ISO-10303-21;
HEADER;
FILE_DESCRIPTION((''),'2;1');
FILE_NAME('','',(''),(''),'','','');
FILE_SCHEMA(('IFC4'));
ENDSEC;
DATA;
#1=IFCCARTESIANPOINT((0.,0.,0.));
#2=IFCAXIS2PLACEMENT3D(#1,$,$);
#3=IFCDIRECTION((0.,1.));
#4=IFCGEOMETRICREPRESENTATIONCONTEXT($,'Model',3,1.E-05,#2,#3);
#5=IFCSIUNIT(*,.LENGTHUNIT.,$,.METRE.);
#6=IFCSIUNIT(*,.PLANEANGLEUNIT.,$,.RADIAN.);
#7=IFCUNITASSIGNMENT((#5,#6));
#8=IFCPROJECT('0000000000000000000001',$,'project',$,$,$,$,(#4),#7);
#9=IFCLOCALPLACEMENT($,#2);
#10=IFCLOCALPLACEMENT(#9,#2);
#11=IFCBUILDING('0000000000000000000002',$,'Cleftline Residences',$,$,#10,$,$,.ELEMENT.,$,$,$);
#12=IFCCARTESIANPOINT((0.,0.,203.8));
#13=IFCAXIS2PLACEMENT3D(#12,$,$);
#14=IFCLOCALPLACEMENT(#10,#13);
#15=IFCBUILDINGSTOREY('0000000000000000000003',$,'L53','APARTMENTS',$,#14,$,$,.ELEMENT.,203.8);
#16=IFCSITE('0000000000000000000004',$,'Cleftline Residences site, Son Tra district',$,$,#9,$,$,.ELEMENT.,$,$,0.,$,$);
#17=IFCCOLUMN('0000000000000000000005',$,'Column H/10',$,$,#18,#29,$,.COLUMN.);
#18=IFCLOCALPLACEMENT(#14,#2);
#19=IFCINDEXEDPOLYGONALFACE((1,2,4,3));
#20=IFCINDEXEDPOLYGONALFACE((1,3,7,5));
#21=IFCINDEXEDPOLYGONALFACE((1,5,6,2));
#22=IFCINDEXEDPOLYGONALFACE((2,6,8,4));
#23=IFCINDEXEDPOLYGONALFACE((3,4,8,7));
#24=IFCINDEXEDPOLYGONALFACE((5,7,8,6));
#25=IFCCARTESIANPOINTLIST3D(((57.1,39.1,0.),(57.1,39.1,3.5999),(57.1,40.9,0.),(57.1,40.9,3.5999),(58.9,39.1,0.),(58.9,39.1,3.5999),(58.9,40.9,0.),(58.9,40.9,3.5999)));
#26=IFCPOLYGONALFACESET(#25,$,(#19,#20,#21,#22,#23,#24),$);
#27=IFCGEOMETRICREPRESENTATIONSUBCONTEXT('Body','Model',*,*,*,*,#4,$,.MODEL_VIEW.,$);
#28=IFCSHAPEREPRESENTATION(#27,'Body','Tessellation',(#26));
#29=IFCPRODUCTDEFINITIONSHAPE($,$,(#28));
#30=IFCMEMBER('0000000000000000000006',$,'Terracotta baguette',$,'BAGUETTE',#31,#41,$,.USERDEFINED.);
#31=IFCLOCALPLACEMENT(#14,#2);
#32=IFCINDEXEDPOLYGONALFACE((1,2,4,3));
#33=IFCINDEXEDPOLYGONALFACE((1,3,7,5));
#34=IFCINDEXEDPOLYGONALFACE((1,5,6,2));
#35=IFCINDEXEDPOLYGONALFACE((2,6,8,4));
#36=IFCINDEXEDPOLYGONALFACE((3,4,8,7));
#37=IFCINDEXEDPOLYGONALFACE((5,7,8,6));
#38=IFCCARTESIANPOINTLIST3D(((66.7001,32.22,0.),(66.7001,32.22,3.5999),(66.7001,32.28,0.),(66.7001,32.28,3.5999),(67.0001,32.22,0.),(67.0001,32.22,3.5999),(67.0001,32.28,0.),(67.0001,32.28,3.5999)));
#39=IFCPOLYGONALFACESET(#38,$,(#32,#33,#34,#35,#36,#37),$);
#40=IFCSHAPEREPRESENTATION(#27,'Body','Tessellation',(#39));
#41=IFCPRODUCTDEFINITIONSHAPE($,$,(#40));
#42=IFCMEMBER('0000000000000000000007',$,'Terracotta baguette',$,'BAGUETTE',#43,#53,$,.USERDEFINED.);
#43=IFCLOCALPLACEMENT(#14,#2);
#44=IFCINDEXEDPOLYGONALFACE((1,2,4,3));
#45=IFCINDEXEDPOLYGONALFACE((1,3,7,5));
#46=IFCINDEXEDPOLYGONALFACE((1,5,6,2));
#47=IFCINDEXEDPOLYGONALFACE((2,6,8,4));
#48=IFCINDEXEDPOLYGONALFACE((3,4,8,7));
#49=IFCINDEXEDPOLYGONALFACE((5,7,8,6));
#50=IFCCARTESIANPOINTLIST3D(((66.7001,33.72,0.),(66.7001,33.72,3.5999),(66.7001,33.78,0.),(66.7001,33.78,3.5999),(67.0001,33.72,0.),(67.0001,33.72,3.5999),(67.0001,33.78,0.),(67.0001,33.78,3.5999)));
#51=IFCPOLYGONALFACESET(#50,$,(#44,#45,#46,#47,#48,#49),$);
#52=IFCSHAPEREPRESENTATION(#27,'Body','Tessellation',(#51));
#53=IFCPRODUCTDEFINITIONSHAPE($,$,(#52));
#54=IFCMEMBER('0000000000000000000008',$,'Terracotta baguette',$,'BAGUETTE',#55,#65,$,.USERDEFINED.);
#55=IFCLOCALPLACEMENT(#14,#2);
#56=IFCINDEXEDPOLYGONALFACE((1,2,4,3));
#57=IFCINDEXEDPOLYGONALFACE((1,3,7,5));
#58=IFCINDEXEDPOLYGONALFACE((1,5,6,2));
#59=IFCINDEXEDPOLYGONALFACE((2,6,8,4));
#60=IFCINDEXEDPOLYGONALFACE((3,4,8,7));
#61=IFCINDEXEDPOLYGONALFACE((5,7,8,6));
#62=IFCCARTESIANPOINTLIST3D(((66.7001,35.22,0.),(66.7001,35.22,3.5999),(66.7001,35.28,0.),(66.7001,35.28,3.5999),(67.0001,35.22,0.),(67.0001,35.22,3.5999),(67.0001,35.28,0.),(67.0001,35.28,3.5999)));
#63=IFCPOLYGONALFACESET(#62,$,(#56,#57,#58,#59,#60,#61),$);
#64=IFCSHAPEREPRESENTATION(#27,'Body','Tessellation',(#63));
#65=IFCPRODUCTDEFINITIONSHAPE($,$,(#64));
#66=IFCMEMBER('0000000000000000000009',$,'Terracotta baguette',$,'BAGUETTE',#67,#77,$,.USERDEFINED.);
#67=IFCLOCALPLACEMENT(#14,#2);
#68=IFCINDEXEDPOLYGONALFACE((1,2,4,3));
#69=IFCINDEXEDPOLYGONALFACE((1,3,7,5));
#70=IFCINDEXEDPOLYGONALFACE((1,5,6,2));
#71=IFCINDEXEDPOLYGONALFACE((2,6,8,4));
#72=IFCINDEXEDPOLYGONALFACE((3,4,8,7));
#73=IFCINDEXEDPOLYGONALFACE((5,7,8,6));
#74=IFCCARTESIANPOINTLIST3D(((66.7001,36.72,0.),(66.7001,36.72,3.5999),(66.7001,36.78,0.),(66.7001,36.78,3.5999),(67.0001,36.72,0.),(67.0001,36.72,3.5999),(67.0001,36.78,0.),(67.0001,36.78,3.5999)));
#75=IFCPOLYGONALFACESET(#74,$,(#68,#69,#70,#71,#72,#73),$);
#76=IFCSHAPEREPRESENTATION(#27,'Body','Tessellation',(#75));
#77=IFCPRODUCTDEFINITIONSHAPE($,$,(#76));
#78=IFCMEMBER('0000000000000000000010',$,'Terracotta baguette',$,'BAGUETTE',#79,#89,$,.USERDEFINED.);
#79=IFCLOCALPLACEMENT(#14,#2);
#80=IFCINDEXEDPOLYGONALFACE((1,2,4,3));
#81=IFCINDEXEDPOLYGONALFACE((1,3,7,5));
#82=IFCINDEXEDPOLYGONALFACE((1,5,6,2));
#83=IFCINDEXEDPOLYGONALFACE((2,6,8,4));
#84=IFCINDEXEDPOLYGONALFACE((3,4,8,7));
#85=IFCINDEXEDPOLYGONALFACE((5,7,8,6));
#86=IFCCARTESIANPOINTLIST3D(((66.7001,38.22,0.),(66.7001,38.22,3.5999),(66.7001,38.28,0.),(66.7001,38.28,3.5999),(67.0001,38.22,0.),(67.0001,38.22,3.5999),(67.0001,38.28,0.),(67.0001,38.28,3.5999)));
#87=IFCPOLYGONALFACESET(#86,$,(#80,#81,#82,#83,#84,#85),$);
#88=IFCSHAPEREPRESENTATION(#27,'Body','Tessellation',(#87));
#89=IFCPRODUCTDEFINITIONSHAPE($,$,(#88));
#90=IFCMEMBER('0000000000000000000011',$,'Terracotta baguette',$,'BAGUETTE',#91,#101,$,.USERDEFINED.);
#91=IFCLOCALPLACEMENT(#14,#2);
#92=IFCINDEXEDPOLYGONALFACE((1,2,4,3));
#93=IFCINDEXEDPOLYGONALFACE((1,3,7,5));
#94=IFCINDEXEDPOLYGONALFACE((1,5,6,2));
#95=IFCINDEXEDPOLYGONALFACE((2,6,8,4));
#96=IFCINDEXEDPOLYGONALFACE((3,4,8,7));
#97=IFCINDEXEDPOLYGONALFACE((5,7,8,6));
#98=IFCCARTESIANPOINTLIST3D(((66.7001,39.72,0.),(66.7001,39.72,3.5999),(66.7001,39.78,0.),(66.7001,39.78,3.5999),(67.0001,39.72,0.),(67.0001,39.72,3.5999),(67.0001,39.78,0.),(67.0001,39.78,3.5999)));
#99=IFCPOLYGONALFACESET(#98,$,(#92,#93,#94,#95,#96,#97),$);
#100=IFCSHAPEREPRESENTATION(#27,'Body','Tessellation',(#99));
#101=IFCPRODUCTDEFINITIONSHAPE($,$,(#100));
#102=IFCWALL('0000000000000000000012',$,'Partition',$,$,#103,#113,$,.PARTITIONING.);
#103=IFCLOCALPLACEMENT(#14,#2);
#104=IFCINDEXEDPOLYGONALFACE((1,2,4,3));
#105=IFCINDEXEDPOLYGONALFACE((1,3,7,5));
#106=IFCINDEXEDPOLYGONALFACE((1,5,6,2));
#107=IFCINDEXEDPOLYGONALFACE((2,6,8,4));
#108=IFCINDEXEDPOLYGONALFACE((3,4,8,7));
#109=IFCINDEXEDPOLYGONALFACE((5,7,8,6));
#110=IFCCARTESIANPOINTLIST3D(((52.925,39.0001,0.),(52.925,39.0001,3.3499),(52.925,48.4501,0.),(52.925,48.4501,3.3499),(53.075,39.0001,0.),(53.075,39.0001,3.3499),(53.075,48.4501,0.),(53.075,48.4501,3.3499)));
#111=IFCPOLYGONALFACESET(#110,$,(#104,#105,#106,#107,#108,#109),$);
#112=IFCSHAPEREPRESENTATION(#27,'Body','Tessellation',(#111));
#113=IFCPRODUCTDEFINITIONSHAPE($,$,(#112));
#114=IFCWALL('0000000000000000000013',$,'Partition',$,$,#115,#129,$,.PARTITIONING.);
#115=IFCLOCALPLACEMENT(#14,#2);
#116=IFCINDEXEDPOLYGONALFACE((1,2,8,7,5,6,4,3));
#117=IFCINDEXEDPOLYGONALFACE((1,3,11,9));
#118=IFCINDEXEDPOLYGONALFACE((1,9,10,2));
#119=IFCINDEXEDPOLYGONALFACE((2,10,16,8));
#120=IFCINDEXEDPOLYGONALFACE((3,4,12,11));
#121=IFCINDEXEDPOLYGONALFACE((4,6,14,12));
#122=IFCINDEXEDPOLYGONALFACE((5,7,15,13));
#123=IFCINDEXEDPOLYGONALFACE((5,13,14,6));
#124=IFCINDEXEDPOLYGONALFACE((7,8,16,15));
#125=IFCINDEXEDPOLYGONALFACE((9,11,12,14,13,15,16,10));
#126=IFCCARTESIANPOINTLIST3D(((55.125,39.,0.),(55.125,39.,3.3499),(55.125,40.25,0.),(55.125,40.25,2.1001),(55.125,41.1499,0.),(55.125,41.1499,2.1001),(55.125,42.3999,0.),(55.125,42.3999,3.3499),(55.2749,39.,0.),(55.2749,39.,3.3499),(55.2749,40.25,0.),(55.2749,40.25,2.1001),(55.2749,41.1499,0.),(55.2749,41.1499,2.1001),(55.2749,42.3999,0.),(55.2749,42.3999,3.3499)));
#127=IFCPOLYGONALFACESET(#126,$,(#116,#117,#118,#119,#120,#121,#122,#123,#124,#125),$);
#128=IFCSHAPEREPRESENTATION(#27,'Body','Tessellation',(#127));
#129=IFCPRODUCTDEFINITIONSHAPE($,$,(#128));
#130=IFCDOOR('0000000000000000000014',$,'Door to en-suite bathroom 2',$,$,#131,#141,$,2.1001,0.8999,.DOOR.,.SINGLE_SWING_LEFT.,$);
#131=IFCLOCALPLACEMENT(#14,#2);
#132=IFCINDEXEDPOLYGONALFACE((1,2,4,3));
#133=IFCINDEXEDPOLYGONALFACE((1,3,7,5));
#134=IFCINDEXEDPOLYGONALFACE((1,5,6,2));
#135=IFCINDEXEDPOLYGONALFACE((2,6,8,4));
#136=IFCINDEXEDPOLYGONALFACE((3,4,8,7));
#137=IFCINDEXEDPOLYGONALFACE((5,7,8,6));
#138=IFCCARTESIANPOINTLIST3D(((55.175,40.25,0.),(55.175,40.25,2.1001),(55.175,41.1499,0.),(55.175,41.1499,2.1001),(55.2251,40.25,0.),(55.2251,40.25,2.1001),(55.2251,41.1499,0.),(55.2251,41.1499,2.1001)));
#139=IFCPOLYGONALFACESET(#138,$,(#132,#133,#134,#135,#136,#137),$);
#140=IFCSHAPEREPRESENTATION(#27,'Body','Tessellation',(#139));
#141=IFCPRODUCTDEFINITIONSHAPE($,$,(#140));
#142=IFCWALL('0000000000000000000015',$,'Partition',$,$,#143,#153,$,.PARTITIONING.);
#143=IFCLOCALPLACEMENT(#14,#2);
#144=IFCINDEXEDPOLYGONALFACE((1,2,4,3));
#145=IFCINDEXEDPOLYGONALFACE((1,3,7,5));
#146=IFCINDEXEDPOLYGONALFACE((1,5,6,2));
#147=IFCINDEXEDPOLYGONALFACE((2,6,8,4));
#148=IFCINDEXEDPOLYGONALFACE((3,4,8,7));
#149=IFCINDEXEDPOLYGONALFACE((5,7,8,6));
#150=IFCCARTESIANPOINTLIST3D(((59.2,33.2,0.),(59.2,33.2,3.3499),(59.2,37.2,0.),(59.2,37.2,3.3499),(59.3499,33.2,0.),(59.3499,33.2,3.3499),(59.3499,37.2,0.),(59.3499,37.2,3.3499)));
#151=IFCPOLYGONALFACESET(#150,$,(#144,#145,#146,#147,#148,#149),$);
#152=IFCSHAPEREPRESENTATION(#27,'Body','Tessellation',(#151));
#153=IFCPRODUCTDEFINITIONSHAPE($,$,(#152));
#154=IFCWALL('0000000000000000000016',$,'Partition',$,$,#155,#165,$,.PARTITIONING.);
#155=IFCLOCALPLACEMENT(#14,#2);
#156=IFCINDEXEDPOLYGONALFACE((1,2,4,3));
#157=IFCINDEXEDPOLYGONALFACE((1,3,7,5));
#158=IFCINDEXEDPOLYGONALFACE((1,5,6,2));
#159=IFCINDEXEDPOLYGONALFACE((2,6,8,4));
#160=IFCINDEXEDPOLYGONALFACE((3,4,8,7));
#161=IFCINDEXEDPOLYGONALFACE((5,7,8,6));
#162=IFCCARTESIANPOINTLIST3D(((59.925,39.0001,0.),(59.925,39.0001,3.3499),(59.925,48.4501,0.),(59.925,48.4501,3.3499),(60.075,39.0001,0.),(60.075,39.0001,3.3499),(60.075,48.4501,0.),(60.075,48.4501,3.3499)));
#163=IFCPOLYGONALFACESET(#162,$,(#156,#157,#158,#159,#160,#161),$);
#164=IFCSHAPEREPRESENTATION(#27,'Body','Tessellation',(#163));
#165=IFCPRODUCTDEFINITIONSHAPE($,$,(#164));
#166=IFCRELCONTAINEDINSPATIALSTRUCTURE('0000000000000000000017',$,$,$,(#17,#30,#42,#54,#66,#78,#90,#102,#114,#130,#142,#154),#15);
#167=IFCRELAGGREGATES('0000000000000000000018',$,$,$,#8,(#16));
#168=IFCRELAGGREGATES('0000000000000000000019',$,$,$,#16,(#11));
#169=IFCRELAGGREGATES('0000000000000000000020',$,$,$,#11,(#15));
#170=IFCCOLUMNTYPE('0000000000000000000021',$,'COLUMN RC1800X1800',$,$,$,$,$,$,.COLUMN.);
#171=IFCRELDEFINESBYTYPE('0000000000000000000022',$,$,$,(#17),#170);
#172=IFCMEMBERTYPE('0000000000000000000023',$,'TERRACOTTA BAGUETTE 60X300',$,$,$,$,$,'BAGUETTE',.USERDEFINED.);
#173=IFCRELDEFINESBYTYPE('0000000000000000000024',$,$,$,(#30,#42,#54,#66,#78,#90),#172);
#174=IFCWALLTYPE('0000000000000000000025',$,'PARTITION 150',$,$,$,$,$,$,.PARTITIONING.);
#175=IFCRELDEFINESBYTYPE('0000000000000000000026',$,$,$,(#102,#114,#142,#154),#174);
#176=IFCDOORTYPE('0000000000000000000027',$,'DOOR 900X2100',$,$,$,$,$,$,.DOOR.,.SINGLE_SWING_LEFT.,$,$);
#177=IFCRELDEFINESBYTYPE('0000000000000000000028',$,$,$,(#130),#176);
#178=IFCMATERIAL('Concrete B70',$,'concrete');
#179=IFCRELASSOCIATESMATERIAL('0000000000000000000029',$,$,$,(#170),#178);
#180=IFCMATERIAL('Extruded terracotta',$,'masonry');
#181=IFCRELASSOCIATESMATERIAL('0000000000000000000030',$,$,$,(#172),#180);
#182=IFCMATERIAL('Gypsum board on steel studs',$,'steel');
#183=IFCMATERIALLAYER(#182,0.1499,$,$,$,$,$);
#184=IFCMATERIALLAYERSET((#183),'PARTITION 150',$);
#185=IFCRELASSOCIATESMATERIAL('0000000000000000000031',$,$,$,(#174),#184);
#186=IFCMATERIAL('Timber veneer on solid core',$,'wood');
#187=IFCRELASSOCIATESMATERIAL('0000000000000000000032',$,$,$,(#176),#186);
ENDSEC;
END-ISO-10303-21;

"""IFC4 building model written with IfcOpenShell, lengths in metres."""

from ifc_helpers import new_model, si_unit, direction, frame, frame_2d, origin, origin_2d, place, context, subcontext, project, spatial, rectangle, extrude, material, layer, layer_set, material_profile, profile_set, type_object, element, fill, save


model = new_model("IFC4")

# Units and contexts
model_context = context("Model", 3, precision=1e-05, world=origin(), true_north=direction((0.0, 1.0)))
body_context = subcontext(model_context, "Body", "Model", "MODEL_VIEW")
ifc_project = project(units=[si_unit("LENGTHUNIT", "METRE"), si_unit("PLANEANGLEUNIT", "RADIAN")], contexts=[model_context])

# Site, building, storey
site_placement = place(None, origin())
site = spatial("IfcSite", under=ifc_project, at=site_placement, Name="Cleftline Residences site, Son Tra district", CompositionType="ELEMENT", RefElevation=0.0)
building_placement = place(site_placement, origin())
building = spatial("IfcBuilding", under=site, at=building_placement, Name="Cleftline Residences", CompositionType="ELEMENT")
storey_placement = place(building_placement, frame((0.0, 0.0, 203.8)))
storey = spatial("IfcBuildingStorey", under=building, at=storey_placement, Name="L53", Description="APARTMENTS", CompositionType="ELEMENT", Elevation=203.8)

# Column
ifc_material_1 = material(Name="Concrete B70", Category="concrete")
ifc_material_profile_1 = material_profile(ifc_material_1, rectangle(XDim=1.8, YDim=1.8, at=origin_2d()))
ifc_profile_set_1 = profile_set([ifc_material_profile_1], Name="Concrete B70")
column_type = type_object("IfcColumnType", Name="COLUMN RC1800X1800", PredefinedType="COLUMN", material=ifc_profile_set_1)
column_placement = place(storey_placement, frame((58.0, 40.0, 0.0), z_axis=(0.0, 0.0, 1.0), x_axis=(1.0, 0.0, 0.0)))
element("IfcColumn", 1, at=column_placement, inside=storey, type_object=column_type, Name="Column H/10", PredefinedType="COLUMN", context=body_context, shape_type="SweptSolid", body=[
    extrude(rectangle(XDim=1.8, YDim=1.8, at=origin_2d()), origin(), (0.0, 0.0, 1.0), 3.5999),
])

# Members
ifc_material_2 = material(Name="Extruded terracotta", Category="masonry")
ifc_material_profile_2 = material_profile(ifc_material_2, rectangle(XDim=0.0601, YDim=0.3, at=origin_2d()))
ifc_profile_set_2 = profile_set([ifc_material_profile_2], Name="Extruded terracotta")
member_type = type_object("IfcMemberType", Name="TERRACOTTA BAGUETTE 60X300", ElementType="BAGUETTE", PredefinedType="USERDEFINED", material=ifc_profile_set_2)
for number, where, z_axis, x_axis, name in (
    (2, (66.8501, 32.25, 0.0), (0.0, 0.0, 1.0), (0.0, 1.0, 0.0), "Terracotta baguette"),
    (3, (66.8501, 33.75, 0.0), (0.0, 0.0, 1.0), (0.0, 1.0, 0.0), "Terracotta baguette"),
    (4, (66.8501, 35.25, 0.0), (0.0, 0.0, 1.0), (0.0, 1.0, 0.0), "Terracotta baguette"),
    (5, (66.8501, 36.75, 0.0), (0.0, 0.0, 1.0), (0.0, 1.0, 0.0), "Terracotta baguette"),
    (6, (66.8501, 38.25, 0.0), (0.0, 0.0, 1.0), (0.0, 1.0, 0.0), "Terracotta baguette"),
    (7, (66.8501, 39.75, 0.0), (0.0, 0.0, 1.0), (0.0, 1.0, 0.0), "Terracotta baguette"),
):
    element("IfcMember", number, at=place(storey_placement, frame(where, z_axis=z_axis, x_axis=x_axis)), inside=storey, type_object=member_type, Name=name, ObjectType="BAGUETTE", PredefinedType="USERDEFINED", context=body_context, shape_type="SweptSolid", body=[
        extrude(rectangle(XDim=0.0601, YDim=0.3, at=origin_2d()), origin(), (0.0, 0.0, 1.0), 3.5999),
    ])

# Wall
ifc_material_3 = material(Name="Gypsum board on steel studs", Category="steel")
ifc_layer = layer(ifc_material_3, 0.1499)
ifc_layer_set = layer_set([ifc_layer], Name="PARTITION 150")
wall_type = type_object("IfcWallType", Name="PARTITION 150", PredefinedType="PARTITIONING", material=ifc_layer_set)
wall_1_placement = place(storey_placement, frame((53.0, 39.0, 0.0), z_axis=(0.0, 0.0, 1.0), x_axis=(0.0, 1.0, 0.0)))
element("IfcWall", 8, at=wall_1_placement, inside=storey, type_object=wall_type, Name="Partition", PredefinedType="PARTITIONING", context=body_context, shape_type="SweptSolid", body=[
    extrude(rectangle(XDim=9.45, YDim=0.1499, at=frame_2d((4.7251, 0.0))), origin(), (0.0, 0.0, 1.0), 3.3499),
])

# Wall, opening, door
wall_2_placement = place(storey_placement, frame((55.2, 39.0, 0.0), z_axis=(0.0, 0.0, 1.0), x_axis=(0.0, 1.0, 0.0)))
wall_2 = element("IfcWall", 9, at=wall_2_placement, inside=storey, type_object=wall_type, Name="Partition", PredefinedType="PARTITIONING", context=body_context, shape_type="SweptSolid", body=[
    extrude(rectangle(XDim=3.3999, YDim=0.1499, at=frame_2d((1.7, 0.0))), origin(), (0.0, 0.0, 1.0), 3.3499),
])
opening_placement = place(wall_2_placement, frame((1.25, 0.0, 0.0)))
opening = element("IfcOpeningElement", 10, at=opening_placement, cuts=wall_2, PredefinedType="OPENING", context=body_context, shape_type="SweptSolid", body=[
    extrude(rectangle(XDim=0.8999, YDim=2.1001, at=frame_2d((0.45, 1.05))), frame((0.0, 0.085, 0.0), z_axis=(0.0, -1.0, 0.0), x_axis=(1.0, 0.0, 0.0)), (0.0, 0.0, 1.0), 0.1699),
])
ifc_material_4 = material(Name="Timber veneer on solid core", Category="wood")
door_type = type_object("IfcDoorType", Name="DOOR 900X2100", OperationType="SINGLE_SWING_LEFT", PredefinedType="DOOR", material=ifc_material_4)
door_placement = place(opening_placement, origin())
door = element("IfcDoor", 11, at=door_placement, inside=storey, type_object=door_type, Name="Door to en-suite bathroom 2", OperationType="SINGLE_SWING_LEFT", OverallHeight=2.1001, OverallWidth=0.8999, PredefinedType="DOOR", context=body_context, shape_type="SweptSolid", body=[
    extrude(rectangle(XDim=0.8999, YDim=2.1001, at=frame_2d((0.45, 1.05))), frame((0.0, 0.0249, 0.0), z_axis=(0.0, -1.0, 0.0), x_axis=(1.0, 0.0, 0.0)), (0.0, 0.0, 1.0), 0.05),
])
fill(opening, door)

# Walls
wall_3_placement = place(storey_placement, frame((59.2749, 33.2, 0.0), z_axis=(0.0, 0.0, 1.0), x_axis=(0.0, 1.0, 0.0)))
element("IfcWall", 12, at=wall_3_placement, inside=storey, type_object=wall_type, Name="Partition", PredefinedType="PARTITIONING", context=body_context, shape_type="SweptSolid", body=[
    extrude(rectangle(XDim=4.0, YDim=0.1499, at=frame_2d((2.0, 0.0))), origin(), (0.0, 0.0, 1.0), 3.3499),
])
wall_4_placement = place(storey_placement, frame((60.0, 39.0, 0.0), z_axis=(0.0, 0.0, 1.0), x_axis=(0.0, 1.0, 0.0)))
element("IfcWall", 13, at=wall_4_placement, inside=storey, type_object=wall_type, Name="Partition", PredefinedType="PARTITIONING", context=body_context, shape_type="SweptSolid", body=[
    extrude(rectangle(XDim=9.45, YDim=0.1499, at=frame_2d((4.7251, 0.0))), origin(), (0.0, 0.0, 1.0), 3.3499),
])

save(model, "model.ifc")
